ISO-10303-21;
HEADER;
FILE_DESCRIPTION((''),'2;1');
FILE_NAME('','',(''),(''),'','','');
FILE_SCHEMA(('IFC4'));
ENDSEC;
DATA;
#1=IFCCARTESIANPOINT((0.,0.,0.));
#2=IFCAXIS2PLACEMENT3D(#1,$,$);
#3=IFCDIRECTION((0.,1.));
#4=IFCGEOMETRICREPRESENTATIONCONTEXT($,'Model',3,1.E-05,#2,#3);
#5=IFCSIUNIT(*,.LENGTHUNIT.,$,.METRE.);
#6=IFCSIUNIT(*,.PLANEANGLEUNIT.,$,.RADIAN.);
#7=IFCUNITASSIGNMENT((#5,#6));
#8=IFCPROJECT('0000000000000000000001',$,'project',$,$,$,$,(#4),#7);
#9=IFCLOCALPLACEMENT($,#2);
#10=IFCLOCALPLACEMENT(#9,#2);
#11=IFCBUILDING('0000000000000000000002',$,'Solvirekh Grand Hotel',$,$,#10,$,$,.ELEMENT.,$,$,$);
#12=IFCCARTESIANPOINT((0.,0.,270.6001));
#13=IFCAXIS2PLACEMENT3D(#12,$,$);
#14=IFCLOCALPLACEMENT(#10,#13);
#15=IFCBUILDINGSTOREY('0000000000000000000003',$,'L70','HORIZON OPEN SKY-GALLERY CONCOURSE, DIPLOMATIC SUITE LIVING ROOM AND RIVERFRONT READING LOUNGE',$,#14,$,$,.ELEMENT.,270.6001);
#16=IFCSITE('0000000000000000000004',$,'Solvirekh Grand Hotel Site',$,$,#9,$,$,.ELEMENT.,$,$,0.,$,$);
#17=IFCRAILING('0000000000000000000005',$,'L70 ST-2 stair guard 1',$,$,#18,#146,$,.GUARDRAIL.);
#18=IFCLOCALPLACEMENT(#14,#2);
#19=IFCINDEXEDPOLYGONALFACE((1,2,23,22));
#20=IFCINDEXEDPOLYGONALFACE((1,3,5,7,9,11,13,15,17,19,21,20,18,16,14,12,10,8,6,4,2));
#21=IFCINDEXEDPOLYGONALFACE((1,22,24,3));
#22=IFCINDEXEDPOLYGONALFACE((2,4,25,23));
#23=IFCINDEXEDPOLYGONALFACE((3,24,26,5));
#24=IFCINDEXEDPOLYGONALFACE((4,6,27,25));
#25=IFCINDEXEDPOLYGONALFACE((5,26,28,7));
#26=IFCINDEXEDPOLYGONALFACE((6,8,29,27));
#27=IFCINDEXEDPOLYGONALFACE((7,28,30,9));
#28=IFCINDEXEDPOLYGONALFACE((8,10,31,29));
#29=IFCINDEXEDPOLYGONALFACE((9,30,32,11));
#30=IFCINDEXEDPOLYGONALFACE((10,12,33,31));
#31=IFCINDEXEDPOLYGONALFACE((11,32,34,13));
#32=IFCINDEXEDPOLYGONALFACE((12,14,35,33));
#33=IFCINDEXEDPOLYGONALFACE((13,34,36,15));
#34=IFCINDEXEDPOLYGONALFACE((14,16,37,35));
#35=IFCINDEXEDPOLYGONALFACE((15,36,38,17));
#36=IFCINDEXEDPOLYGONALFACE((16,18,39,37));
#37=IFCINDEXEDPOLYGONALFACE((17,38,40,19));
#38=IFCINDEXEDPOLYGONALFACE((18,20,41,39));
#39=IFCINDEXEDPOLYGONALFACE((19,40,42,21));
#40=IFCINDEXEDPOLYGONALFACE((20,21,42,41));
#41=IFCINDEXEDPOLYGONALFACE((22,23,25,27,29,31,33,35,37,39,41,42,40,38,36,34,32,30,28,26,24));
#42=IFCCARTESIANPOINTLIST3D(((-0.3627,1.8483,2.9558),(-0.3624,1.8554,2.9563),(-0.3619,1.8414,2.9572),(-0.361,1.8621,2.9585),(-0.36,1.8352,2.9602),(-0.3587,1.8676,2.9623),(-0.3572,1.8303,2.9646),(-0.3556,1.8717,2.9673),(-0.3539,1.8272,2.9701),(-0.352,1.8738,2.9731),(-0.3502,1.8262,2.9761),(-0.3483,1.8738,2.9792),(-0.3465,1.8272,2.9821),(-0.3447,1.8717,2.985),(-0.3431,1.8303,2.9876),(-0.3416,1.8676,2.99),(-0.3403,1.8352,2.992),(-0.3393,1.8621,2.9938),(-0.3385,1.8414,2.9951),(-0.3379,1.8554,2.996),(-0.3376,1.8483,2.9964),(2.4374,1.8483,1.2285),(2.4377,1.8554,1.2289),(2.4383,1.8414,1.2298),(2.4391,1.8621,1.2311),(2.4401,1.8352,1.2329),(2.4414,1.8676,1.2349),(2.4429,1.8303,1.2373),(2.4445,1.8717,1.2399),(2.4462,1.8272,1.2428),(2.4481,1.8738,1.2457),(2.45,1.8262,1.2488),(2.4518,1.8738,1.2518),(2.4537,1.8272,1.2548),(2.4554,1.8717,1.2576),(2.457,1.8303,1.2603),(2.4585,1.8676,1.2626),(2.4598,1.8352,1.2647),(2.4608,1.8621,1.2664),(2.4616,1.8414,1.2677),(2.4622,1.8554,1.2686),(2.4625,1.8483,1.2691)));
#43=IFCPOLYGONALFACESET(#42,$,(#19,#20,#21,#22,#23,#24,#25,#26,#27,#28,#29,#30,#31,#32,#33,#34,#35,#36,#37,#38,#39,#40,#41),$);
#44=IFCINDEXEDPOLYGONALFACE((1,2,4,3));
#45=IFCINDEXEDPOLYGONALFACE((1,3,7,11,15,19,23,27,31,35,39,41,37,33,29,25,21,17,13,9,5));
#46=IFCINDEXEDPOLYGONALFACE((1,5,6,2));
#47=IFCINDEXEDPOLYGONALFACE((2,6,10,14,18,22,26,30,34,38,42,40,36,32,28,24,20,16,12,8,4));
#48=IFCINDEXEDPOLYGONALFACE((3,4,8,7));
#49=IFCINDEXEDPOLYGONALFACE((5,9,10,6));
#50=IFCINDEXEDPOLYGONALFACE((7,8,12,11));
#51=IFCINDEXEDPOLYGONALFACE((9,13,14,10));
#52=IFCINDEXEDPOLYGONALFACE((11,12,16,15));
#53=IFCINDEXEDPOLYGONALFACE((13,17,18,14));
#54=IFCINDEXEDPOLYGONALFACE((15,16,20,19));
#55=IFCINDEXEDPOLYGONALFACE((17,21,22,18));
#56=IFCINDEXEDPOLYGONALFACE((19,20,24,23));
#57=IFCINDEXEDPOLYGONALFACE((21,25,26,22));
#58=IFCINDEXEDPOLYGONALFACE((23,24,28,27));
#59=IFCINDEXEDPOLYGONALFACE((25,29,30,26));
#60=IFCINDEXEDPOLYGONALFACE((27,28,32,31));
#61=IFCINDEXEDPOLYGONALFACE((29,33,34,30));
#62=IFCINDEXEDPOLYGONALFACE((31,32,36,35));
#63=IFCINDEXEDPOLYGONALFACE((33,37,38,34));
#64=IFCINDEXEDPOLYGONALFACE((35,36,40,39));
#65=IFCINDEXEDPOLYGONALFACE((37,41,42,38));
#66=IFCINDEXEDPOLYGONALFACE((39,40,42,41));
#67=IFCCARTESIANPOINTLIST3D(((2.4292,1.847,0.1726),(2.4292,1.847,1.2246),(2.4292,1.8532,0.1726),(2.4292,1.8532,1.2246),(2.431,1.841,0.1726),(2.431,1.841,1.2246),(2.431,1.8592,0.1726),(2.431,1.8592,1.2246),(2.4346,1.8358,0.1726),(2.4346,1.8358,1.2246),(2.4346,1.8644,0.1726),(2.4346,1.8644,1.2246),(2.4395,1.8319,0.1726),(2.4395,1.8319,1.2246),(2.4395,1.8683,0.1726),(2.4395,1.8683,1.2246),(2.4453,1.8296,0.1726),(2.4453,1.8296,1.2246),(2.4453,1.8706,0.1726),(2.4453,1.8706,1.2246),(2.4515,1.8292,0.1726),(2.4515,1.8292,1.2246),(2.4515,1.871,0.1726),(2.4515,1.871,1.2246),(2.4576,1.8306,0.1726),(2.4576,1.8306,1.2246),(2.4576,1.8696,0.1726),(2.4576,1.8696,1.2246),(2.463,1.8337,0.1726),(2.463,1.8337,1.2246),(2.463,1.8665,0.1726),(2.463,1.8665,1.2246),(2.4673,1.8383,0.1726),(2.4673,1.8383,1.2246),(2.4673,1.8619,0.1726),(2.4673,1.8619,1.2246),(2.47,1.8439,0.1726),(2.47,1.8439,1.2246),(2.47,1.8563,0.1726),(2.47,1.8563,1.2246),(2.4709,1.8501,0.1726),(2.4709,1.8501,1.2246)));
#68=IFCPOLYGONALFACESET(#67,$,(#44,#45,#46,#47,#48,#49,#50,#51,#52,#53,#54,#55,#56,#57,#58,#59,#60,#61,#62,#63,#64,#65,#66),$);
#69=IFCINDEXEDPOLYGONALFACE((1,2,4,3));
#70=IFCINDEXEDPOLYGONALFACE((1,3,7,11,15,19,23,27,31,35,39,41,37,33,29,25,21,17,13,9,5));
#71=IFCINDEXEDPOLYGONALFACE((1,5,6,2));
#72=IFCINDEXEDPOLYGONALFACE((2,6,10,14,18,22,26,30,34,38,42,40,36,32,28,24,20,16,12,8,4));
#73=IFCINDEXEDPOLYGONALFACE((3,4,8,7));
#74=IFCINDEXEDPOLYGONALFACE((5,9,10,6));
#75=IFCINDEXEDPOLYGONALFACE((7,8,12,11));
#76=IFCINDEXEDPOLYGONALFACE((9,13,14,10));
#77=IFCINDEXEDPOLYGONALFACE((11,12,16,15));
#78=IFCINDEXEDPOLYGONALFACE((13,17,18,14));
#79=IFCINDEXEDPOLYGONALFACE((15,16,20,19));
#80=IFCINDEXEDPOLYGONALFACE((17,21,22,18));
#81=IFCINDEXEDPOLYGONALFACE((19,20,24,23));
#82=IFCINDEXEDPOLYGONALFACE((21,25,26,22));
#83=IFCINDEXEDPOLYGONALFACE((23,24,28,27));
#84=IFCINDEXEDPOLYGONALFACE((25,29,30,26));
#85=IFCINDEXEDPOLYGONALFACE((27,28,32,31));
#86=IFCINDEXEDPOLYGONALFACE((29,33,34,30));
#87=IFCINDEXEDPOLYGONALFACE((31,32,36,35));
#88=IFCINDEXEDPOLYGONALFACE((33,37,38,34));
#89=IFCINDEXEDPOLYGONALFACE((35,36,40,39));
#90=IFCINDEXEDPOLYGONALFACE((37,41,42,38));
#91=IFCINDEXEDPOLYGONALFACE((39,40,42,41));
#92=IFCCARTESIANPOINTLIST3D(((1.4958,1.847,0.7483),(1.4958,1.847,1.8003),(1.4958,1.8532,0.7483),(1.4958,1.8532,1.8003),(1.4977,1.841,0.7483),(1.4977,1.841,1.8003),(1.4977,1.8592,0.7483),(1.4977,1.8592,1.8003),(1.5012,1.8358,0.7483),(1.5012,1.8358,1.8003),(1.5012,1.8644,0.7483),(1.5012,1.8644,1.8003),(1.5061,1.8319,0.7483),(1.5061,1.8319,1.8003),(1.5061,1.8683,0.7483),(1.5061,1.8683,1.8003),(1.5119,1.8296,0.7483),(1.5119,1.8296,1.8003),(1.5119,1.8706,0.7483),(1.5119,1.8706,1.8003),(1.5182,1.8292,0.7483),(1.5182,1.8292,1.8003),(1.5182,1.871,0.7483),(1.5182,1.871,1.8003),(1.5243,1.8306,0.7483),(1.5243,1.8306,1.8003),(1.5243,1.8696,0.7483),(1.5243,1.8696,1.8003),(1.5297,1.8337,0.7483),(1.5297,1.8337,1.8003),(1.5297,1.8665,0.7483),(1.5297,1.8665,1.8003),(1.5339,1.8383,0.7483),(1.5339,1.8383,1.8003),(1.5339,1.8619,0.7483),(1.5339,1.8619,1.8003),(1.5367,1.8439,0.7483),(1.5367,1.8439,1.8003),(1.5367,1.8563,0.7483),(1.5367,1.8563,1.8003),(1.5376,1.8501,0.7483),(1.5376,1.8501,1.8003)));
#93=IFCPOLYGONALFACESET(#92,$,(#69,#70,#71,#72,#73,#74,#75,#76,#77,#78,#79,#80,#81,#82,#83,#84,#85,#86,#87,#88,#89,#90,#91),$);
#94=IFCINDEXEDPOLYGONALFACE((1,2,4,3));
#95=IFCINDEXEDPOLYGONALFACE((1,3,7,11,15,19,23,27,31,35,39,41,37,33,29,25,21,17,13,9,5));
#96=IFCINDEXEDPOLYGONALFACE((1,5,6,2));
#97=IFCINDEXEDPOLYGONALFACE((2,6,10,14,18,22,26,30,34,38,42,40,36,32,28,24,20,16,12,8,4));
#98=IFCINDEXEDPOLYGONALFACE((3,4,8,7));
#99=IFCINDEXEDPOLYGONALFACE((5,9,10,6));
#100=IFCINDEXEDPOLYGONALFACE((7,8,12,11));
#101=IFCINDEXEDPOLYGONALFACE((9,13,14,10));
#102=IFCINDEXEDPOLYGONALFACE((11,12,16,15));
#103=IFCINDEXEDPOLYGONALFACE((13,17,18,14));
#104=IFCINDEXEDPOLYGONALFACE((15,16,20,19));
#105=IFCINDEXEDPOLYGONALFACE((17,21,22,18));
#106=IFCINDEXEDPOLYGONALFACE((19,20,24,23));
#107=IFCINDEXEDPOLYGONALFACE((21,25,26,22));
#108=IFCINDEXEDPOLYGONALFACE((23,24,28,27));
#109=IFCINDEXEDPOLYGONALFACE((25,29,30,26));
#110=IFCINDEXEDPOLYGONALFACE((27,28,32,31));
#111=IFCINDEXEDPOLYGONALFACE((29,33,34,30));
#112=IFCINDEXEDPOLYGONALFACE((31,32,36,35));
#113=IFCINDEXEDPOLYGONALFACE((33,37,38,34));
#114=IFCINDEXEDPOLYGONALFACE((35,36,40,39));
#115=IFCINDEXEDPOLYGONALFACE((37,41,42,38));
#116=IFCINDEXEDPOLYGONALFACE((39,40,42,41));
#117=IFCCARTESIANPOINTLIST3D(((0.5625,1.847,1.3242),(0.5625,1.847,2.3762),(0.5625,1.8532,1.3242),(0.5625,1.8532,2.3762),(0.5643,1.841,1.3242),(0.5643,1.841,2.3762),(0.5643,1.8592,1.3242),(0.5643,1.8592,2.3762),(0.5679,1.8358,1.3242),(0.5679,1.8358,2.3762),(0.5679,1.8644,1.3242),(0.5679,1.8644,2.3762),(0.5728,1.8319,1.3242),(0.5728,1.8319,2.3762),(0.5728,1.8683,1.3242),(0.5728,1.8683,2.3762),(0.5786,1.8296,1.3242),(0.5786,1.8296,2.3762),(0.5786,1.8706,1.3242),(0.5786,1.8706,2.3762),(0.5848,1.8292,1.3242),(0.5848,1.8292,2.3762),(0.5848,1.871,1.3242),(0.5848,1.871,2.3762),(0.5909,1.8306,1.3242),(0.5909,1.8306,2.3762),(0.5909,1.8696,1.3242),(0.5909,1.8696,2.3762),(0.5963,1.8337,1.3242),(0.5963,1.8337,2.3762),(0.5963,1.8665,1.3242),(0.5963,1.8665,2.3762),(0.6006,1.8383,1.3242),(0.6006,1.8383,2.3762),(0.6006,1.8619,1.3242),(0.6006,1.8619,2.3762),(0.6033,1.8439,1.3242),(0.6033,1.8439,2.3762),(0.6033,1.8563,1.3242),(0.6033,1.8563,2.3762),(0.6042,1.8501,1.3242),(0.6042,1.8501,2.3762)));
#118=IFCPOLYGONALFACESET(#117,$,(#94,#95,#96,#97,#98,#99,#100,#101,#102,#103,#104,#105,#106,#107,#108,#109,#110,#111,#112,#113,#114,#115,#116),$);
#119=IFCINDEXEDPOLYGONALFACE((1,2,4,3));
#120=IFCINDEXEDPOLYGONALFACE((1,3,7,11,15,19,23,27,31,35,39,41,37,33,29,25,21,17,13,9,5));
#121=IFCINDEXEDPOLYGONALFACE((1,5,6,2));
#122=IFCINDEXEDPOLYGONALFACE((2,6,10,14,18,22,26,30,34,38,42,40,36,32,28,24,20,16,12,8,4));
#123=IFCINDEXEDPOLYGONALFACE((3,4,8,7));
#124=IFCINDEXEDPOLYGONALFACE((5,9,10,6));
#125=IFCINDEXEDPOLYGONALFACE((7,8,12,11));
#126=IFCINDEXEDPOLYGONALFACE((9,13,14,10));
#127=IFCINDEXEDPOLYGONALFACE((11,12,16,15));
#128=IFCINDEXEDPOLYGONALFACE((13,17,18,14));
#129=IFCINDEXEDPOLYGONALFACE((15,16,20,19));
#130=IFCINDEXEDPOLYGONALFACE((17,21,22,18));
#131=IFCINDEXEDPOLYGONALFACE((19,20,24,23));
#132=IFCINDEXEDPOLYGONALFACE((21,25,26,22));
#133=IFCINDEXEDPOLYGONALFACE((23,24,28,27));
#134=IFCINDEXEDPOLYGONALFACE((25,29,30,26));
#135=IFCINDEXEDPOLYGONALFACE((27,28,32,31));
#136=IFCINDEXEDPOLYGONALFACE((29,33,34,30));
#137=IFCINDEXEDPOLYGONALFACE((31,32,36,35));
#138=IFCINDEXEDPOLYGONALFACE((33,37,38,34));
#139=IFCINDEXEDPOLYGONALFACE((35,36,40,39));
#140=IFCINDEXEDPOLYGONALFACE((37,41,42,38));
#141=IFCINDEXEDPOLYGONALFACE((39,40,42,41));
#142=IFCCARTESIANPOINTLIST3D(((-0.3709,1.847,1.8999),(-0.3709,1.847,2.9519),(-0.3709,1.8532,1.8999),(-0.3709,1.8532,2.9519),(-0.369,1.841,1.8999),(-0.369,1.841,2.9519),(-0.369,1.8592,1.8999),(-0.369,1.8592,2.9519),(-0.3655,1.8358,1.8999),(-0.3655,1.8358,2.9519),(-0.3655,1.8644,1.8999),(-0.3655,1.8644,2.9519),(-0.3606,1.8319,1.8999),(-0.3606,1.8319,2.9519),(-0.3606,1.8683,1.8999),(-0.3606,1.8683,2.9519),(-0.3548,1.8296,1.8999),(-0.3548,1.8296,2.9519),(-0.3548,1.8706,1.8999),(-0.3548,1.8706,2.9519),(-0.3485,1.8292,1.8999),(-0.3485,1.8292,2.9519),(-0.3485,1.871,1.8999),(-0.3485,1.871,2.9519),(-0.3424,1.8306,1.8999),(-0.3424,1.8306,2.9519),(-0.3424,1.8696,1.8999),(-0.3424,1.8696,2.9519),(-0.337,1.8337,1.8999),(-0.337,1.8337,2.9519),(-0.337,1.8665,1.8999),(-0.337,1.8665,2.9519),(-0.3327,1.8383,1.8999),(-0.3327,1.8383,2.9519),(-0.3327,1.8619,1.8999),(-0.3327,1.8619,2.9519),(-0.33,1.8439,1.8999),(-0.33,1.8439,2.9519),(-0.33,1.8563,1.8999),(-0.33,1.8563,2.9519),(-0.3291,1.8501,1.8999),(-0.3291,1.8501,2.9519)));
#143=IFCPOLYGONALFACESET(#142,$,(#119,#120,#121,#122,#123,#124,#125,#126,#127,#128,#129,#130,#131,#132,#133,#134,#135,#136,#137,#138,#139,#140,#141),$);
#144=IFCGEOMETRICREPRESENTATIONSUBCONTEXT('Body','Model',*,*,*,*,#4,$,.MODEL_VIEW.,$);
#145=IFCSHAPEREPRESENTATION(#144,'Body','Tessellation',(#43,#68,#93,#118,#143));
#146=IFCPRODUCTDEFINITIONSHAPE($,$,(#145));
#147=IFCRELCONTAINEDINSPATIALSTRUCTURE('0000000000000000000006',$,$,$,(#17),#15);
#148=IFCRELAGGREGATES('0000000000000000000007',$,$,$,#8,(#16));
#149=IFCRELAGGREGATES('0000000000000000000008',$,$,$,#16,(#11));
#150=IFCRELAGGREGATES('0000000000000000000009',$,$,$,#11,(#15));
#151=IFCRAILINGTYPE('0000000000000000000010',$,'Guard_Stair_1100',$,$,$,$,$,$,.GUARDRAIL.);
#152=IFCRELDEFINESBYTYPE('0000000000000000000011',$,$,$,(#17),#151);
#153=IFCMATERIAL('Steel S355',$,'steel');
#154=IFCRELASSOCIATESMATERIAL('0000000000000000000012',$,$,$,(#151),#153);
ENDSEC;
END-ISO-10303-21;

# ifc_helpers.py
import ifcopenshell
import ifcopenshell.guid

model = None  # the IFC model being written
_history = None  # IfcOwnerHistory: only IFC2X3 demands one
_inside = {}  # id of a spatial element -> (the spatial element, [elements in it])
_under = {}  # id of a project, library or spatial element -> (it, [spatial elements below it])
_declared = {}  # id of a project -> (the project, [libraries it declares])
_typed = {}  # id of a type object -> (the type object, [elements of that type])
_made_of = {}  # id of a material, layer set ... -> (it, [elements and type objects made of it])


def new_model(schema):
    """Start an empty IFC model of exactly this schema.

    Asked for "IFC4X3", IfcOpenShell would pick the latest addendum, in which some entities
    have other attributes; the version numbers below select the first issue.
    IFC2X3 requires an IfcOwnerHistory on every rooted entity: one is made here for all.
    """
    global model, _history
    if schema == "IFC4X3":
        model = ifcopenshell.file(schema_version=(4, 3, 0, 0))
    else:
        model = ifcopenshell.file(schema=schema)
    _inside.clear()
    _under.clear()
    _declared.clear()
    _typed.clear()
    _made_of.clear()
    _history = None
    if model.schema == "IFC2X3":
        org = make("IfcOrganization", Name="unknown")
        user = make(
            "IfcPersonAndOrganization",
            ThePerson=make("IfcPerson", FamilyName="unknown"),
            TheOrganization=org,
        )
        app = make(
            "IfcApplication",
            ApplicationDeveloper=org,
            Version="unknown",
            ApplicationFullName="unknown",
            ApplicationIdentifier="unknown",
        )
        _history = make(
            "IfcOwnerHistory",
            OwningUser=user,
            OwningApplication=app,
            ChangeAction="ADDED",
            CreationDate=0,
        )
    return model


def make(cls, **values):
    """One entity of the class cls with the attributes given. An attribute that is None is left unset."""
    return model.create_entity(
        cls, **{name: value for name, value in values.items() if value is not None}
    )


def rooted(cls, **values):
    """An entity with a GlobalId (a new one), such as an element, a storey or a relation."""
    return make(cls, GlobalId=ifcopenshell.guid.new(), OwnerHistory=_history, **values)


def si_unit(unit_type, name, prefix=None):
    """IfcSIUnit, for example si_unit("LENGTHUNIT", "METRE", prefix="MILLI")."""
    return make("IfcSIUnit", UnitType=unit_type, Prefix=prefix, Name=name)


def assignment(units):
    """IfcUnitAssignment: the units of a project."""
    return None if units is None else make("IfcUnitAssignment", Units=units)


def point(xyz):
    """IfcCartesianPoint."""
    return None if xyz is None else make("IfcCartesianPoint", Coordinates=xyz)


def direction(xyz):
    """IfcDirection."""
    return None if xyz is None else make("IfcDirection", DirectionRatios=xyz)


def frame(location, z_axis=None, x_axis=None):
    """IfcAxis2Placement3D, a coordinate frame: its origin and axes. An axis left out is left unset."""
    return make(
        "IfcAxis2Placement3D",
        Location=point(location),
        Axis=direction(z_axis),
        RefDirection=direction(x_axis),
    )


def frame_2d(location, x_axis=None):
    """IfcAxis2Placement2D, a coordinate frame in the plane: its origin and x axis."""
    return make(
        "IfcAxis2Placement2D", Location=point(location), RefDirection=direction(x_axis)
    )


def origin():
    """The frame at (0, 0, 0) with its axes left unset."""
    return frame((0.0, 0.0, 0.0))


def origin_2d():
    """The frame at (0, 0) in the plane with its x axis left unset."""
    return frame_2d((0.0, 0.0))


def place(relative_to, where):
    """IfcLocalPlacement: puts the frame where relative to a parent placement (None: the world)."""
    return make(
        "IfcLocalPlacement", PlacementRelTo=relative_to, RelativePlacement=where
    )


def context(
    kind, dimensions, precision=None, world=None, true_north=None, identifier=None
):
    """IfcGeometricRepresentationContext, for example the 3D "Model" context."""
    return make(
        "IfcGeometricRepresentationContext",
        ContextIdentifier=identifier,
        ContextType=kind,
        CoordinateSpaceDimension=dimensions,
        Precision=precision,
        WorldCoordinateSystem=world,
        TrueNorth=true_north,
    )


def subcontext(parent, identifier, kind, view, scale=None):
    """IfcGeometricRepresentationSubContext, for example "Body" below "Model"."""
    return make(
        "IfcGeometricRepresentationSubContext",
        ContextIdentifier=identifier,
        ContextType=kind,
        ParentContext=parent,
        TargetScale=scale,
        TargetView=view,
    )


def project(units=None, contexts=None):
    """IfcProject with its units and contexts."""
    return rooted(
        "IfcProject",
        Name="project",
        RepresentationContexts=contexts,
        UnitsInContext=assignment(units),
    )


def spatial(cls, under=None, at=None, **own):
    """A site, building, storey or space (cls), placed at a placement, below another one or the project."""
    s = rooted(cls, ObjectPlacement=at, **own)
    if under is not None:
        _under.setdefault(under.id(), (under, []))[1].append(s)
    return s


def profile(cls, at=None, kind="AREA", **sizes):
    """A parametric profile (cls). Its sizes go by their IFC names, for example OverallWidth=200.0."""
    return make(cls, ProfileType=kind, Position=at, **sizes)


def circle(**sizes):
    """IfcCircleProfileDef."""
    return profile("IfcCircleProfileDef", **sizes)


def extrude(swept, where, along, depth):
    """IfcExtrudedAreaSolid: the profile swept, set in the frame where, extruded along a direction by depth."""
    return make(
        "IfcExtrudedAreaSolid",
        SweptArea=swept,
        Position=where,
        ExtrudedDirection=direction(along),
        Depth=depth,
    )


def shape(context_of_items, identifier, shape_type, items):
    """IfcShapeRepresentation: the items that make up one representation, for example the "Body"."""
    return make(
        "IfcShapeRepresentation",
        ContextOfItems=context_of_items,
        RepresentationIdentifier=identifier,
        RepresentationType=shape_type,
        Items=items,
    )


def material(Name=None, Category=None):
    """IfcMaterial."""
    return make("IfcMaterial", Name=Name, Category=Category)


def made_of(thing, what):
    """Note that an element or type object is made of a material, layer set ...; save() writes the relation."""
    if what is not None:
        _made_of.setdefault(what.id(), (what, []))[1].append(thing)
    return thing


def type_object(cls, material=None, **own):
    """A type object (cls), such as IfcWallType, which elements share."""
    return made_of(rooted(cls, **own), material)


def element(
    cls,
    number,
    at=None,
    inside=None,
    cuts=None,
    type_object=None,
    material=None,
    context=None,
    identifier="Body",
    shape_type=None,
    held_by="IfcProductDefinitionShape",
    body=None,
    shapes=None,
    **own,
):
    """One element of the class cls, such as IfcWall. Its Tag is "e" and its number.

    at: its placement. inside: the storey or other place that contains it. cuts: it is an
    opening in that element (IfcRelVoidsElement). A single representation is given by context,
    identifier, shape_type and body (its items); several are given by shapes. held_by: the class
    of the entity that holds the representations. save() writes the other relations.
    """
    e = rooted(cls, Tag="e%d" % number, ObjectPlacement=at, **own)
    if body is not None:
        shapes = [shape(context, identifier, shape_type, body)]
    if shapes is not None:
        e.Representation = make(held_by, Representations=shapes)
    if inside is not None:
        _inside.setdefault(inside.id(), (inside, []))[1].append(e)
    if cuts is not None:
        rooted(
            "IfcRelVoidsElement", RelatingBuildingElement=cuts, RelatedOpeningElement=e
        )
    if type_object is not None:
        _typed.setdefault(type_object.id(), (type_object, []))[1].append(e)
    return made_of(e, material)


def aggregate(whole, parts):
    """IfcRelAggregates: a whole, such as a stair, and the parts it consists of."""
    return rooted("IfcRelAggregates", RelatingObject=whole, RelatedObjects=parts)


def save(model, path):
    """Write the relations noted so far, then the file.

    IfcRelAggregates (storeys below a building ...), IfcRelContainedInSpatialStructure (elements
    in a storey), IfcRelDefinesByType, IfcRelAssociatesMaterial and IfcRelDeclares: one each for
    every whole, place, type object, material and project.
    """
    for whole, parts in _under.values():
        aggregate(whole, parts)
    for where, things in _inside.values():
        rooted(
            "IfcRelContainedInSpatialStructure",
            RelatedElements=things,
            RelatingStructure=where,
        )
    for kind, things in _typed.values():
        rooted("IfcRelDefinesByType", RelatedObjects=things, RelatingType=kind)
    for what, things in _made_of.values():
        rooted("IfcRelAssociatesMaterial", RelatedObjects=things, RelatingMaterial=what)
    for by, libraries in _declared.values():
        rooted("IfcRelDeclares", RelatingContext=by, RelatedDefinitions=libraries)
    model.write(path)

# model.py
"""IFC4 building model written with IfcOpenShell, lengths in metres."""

from ifc_helpers import new_model, si_unit, direction, frame, origin, origin_2d, place, context, subcontext, project, spatial, circle, extrude, material, type_object, element, save


model = new_model("IFC4")

# Units and contexts
model_context = context("Model", 3, precision=1e-05, world=origin(), true_north=direction((0.0, 1.0)))
body_context = subcontext(model_context, "Body", "Model", "MODEL_VIEW")
ifc_project = project(units=[si_unit("LENGTHUNIT", "METRE"), si_unit("PLANEANGLEUNIT", "RADIAN")], contexts=[model_context])

# Site, building, storey
site_placement = place(None, origin())
site = spatial("IfcSite", under=ifc_project, at=site_placement, Name="Solvirekh Grand Hotel Site", CompositionType="ELEMENT", RefElevation=0.0)
building_placement = place(site_placement, origin())
building = spatial("IfcBuilding", under=site, at=building_placement, Name="Solvirekh Grand Hotel", CompositionType="ELEMENT")
storey_placement = place(building_placement, frame((0.0, 0.0, 270.6001)))
storey = spatial("IfcBuildingStorey", under=building, at=storey_placement, Name="L70", Description="HORIZON OPEN SKY-GALLERY CONCOURSE, DIPLOMATIC SUITE LIVING ROOM AND RIVERFRONT READING LOUNGE", CompositionType="ELEMENT", Elevation=270.6001)

# Shared definitions
ifc_material_1 = material(Name="Steel S355", Category="steel")

# Railing
railing_type_1 = type_object("IfcRailingType", Name="Guard_Stair_1100", PredefinedType="GUARDRAIL", material=ifc_material_1)
railing_1_placement = place(storey_placement, frame((2.45, 1.8501, 0.1726)))
element("IfcRailing", 1, at=railing_1_placement, inside=storey, type_object=railing_type_1, Name="L70 ST-2 stair guard 1", PredefinedType="GUARDRAIL", context=body_context, shape_type="SweptSolid", body=[
    extrude(circle(Radius=0.0239, at=origin_2d()), frame((0.0, 0.0, 1.0762), z_axis=(-0.85109, 0.0, 0.52502), x_axis=(0.0, -1.0, 0.0)), (0.0, 0.0, 1.0), 3.29),
    extrude(circle(Radius=0.021, at=origin_2d()), origin(), (0.0, 0.0, 1.0), 1.052),
    extrude(circle(Radius=0.021, at=origin_2d()), frame((-0.9333, 0.0, 0.5757)), (0.0, 0.0, 1.0), 1.052),
    extrude(circle(Radius=0.021, at=origin_2d()), frame((-1.8667, 0.0, 1.1516)), (0.0, 0.0, 1.0), 1.052),
    extrude(circle(Radius=0.021, at=origin_2d()), frame((-2.8, 0.0, 1.7273)), (0.0, 0.0, 1.0), 1.052),
])

save(model, "model.ifc")
